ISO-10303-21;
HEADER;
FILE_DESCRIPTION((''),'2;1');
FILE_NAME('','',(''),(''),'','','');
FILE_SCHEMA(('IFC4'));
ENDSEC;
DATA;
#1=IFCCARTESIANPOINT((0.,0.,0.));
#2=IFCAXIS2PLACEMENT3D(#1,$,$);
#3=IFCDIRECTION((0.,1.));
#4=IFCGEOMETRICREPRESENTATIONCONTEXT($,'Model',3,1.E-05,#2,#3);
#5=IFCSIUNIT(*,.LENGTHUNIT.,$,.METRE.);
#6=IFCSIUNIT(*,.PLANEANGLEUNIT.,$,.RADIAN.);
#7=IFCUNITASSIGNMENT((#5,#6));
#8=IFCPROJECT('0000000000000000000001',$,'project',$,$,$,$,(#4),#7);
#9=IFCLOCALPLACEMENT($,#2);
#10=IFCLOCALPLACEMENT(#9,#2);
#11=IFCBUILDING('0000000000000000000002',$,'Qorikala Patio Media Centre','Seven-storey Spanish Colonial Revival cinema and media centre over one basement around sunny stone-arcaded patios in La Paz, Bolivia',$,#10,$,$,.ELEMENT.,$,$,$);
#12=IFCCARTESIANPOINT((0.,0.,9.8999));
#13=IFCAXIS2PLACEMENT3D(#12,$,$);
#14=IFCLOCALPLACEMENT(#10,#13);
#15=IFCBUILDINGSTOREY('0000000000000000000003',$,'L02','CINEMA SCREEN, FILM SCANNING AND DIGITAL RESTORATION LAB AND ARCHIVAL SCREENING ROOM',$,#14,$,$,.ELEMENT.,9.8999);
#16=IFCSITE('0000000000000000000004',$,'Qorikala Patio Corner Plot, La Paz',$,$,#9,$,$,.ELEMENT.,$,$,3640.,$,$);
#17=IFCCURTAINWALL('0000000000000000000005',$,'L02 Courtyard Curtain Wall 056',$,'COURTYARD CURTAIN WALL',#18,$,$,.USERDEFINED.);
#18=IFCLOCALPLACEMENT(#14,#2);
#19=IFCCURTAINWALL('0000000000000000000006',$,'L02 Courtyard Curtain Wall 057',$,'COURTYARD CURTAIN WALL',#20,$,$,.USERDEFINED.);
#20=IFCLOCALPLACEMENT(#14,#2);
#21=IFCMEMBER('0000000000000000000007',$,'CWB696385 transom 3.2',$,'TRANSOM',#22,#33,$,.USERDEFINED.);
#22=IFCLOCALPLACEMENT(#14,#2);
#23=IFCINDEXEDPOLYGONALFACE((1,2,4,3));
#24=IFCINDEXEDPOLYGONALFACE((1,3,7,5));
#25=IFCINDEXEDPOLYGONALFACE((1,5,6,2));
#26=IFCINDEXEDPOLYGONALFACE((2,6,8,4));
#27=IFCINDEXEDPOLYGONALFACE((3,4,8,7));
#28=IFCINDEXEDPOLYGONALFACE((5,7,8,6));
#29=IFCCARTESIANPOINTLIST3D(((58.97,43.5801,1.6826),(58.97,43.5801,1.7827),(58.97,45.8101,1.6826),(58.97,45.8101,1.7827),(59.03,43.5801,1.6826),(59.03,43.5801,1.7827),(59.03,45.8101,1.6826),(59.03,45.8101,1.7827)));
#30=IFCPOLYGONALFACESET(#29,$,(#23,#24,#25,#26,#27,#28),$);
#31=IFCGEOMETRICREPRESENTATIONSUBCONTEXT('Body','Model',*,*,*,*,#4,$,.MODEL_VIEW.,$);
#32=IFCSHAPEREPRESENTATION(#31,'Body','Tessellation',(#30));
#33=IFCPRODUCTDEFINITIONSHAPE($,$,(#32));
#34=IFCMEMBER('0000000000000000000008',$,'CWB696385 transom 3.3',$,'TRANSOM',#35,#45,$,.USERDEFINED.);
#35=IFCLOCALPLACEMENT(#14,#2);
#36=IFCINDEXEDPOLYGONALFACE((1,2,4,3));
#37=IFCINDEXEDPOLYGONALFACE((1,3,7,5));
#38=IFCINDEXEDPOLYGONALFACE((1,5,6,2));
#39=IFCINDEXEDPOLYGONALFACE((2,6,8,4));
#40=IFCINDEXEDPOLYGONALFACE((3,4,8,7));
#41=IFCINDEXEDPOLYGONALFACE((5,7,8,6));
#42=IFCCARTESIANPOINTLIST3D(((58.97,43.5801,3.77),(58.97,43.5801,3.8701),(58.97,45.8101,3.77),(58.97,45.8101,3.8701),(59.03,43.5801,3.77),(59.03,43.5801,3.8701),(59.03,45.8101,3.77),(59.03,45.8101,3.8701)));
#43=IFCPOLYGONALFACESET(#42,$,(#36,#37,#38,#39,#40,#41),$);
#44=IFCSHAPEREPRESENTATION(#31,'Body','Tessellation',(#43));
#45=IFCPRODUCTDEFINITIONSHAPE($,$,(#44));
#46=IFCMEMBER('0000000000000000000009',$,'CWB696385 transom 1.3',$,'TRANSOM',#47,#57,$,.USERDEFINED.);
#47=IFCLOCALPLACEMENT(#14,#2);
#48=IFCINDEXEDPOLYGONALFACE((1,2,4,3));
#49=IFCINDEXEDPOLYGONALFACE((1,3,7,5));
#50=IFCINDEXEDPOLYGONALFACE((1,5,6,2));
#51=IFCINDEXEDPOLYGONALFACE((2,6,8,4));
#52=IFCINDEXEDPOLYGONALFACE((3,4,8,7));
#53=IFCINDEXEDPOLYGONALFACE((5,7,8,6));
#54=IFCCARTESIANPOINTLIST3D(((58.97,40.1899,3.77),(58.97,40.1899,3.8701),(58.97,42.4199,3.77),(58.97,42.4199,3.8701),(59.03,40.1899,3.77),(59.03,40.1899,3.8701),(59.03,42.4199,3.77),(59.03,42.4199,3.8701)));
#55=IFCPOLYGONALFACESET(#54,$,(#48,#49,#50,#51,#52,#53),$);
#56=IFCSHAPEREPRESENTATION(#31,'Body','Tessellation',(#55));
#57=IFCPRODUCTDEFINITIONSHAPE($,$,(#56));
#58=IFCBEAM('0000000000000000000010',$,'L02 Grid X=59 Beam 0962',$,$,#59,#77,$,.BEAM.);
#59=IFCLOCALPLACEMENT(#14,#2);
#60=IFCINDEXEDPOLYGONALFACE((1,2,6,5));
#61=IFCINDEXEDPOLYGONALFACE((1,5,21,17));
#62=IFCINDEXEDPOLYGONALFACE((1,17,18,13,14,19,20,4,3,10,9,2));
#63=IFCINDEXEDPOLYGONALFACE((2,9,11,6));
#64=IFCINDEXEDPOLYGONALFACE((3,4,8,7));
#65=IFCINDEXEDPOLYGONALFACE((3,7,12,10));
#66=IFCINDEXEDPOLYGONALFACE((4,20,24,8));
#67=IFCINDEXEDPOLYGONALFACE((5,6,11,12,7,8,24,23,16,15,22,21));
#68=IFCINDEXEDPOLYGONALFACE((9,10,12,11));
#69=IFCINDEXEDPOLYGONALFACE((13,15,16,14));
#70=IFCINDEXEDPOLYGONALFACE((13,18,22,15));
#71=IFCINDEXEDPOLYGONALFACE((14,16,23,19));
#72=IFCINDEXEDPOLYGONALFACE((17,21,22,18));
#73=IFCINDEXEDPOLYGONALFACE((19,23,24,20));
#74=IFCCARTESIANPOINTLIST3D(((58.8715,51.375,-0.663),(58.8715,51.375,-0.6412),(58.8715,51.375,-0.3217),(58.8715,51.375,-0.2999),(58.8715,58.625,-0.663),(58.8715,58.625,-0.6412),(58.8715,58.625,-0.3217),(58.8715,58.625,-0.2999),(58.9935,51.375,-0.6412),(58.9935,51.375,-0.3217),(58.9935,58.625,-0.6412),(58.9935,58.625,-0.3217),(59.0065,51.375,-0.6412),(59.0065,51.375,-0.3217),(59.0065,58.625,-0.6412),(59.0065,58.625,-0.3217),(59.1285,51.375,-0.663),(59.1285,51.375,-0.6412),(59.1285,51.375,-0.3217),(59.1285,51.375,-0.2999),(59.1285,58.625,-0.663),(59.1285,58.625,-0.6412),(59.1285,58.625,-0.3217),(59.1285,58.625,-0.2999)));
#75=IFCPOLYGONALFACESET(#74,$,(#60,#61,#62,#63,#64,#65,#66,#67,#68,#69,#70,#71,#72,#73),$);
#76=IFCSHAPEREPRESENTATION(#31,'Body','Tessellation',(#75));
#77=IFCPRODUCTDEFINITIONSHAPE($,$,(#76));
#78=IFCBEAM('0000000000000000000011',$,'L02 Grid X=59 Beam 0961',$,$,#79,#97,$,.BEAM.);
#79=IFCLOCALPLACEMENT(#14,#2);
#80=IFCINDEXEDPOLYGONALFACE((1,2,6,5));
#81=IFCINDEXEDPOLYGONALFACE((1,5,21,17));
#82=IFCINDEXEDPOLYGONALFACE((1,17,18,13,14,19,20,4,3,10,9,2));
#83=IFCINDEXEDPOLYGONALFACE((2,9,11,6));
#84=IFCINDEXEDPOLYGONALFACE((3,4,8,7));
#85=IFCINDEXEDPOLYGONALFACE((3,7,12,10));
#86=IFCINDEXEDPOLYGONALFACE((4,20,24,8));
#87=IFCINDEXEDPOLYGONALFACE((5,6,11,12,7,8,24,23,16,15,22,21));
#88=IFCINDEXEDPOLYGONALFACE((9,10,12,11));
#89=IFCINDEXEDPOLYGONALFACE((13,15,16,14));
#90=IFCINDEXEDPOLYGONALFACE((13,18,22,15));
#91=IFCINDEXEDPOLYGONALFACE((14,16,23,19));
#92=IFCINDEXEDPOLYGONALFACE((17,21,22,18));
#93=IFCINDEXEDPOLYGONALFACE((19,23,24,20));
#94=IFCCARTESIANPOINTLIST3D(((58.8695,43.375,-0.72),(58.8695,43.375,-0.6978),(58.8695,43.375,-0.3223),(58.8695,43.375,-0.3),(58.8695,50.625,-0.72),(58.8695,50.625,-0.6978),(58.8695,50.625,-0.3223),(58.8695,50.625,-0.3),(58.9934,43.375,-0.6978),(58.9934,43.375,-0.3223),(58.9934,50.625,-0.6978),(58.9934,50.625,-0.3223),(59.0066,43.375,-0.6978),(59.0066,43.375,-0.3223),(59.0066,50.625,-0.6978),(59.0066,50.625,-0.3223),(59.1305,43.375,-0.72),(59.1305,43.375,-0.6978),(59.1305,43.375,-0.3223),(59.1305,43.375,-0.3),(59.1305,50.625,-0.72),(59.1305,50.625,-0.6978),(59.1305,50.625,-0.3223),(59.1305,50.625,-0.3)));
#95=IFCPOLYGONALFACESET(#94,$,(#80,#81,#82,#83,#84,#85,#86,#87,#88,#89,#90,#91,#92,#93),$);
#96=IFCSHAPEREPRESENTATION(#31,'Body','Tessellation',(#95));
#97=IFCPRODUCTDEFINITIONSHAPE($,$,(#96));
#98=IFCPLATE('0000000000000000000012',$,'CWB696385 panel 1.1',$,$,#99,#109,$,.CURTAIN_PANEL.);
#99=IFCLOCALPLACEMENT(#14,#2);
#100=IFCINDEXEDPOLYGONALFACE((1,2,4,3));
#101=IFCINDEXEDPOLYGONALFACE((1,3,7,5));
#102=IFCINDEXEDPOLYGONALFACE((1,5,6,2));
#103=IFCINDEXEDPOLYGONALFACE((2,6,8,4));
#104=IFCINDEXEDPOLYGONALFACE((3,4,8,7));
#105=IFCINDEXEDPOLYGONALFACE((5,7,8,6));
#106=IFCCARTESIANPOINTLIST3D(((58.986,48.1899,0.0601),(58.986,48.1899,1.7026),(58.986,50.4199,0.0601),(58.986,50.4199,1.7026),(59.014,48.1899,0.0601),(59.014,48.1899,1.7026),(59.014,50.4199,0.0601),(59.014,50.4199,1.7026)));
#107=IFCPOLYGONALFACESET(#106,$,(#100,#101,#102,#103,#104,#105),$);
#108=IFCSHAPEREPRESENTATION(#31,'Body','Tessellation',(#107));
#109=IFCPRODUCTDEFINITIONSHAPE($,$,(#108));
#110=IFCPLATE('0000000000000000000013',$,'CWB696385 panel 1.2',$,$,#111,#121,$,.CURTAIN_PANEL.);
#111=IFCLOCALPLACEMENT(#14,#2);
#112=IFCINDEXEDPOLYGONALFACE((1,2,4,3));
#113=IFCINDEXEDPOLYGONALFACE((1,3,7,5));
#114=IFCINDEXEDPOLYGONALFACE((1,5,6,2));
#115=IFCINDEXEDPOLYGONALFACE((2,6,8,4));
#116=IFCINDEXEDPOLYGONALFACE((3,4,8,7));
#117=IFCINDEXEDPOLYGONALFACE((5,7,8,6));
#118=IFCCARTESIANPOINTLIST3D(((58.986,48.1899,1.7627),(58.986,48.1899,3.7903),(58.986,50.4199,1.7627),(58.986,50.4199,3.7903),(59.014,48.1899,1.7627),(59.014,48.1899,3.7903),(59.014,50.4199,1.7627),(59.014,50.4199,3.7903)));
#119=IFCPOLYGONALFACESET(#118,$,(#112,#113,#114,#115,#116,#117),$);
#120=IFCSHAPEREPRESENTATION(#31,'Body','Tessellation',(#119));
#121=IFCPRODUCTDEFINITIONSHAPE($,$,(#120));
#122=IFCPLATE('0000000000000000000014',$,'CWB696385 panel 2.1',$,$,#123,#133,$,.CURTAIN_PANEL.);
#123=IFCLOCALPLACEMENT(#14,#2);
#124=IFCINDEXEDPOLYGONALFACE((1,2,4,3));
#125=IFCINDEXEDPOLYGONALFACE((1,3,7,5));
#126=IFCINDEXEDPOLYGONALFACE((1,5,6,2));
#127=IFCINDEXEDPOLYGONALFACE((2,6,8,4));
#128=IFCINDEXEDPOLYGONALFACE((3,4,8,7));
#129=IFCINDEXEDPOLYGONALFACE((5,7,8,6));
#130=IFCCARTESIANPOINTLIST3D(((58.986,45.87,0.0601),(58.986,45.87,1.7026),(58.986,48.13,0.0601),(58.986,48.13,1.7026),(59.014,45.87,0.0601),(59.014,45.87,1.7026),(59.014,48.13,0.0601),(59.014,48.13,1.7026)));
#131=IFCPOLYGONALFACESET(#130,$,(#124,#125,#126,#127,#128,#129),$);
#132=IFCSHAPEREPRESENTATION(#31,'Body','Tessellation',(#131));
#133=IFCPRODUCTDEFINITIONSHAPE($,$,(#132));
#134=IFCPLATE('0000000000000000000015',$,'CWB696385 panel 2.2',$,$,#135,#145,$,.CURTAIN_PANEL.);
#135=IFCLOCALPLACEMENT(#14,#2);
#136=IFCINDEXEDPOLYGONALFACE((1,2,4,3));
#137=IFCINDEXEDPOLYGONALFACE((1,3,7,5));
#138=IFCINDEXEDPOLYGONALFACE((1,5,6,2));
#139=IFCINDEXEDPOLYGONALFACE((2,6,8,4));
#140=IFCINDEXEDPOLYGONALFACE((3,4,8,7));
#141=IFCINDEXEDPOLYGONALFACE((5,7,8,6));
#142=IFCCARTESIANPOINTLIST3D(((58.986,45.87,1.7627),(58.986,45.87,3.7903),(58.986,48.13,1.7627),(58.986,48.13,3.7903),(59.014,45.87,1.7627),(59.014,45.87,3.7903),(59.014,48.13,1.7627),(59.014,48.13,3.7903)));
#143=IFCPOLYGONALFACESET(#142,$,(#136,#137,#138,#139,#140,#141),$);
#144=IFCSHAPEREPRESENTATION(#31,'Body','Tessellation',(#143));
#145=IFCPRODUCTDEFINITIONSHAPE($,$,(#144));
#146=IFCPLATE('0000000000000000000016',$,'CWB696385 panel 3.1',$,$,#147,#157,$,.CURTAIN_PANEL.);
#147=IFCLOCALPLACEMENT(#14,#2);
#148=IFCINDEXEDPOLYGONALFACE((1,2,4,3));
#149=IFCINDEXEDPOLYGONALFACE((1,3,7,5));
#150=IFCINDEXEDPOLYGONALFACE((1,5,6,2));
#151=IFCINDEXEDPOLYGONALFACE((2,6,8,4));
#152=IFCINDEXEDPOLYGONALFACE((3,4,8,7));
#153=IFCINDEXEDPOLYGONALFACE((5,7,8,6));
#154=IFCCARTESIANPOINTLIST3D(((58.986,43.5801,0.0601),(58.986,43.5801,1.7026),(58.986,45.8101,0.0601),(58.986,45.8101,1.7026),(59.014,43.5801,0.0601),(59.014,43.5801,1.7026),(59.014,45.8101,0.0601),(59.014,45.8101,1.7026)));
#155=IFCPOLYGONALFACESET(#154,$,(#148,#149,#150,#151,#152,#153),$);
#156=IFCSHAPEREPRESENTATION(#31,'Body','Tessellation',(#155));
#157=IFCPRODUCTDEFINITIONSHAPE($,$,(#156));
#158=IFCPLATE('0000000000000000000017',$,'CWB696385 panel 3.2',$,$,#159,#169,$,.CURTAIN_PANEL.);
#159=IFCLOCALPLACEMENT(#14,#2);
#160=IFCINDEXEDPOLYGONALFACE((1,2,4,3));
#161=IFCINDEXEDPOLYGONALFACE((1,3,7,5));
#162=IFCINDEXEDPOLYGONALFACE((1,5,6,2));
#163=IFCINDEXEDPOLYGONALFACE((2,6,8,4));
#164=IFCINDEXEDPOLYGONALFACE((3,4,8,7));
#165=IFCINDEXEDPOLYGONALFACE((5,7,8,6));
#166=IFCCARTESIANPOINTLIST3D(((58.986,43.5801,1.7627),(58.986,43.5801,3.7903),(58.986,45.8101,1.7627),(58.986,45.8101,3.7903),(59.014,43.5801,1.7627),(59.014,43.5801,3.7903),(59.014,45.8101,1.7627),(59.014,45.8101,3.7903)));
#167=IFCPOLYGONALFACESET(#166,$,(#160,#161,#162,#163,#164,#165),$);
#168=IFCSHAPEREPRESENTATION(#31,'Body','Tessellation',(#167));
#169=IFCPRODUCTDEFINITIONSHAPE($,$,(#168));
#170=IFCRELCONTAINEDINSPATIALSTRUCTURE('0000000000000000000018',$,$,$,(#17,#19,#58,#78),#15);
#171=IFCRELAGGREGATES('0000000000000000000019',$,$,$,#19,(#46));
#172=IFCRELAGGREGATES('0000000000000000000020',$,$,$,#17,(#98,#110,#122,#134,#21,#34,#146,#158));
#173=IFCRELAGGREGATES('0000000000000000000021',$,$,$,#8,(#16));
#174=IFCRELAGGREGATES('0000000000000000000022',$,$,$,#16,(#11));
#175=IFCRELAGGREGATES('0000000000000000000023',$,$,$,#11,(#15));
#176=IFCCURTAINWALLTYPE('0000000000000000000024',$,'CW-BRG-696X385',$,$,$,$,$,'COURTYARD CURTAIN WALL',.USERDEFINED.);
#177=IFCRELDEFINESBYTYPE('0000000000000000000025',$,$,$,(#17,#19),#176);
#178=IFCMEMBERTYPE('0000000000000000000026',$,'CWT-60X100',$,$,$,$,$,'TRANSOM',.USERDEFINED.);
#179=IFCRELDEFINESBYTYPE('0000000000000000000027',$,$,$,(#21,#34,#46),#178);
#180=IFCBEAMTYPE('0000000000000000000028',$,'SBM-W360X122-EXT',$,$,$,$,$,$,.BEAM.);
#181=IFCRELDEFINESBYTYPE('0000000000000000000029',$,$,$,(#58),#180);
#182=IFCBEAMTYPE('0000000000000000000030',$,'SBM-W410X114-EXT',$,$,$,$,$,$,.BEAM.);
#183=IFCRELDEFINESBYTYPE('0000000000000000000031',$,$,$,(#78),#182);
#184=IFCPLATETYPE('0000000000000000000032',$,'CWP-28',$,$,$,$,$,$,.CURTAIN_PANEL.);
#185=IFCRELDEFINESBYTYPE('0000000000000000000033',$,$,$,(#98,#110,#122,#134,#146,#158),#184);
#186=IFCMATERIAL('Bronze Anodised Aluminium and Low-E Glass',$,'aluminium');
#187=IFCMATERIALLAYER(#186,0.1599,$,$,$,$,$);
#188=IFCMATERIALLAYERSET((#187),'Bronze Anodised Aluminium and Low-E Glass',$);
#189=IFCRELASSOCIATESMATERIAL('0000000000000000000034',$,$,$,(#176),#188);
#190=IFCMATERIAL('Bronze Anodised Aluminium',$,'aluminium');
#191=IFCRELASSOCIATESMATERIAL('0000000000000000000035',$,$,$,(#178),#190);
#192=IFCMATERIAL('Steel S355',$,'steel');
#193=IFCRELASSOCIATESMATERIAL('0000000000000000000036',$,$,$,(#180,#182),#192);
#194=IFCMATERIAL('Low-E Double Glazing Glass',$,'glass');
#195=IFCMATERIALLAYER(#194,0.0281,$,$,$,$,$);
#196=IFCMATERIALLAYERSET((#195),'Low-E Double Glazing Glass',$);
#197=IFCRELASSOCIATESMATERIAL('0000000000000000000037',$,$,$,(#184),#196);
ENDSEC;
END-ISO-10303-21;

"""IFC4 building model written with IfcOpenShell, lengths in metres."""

from ifc_helpers import new_model, si_unit, direction, frame, origin, origin_2d, place, context, subcontext, project, spatial, rectangle, i_section, extrude, material, layer, layer_set, material_profile, profile_set, type_object, element, aggregate, save


model = new_model("IFC4")

# Units and contexts
model_context = context("Model", 3, precision=1e-05, world=origin(), true_north=direction((0.0, 1.0)))
body_context = subcontext(model_context, "Body", "Model", "MODEL_VIEW")
ifc_project = project(units=[si_unit("LENGTHUNIT", "METRE"), si_unit("PLANEANGLEUNIT", "RADIAN")], contexts=[model_context])

# Site, building, storey
site_placement = place(None, origin())
site = spatial("IfcSite", under=ifc_project, at=site_placement, Name="Qorikala Patio Corner Plot, La Paz", CompositionType="ELEMENT", RefElevation=3640.0)
building_placement = place(site_placement, origin())
building = spatial("IfcBuilding", under=site, at=building_placement, Name="Qorikala Patio Media Centre", Description="Seven-storey Spanish Colonial Revival cinema and media centre over one basement around sunny stone-arcaded patios in La Paz, Bolivia", CompositionType="ELEMENT")
storey_placement = place(building_placement, frame((0.0, 0.0, 9.8999)))
storey = spatial("IfcBuildingStorey", under=building, at=storey_placement, Name="L02", Description="CINEMA SCREEN, FILM SCANNING AND DIGITAL RESTORATION LAB AND ARCHIVAL SCREENING ROOM", CompositionType="ELEMENT", Elevation=9.8999)

# Shared definitions
ifc_material_1 = material(Name="Bronze Anodised Aluminium and Low-E Glass", Category="aluminium")
ifc_layer_1 = layer(ifc_material_1, 0.1599)
ifc_layer_set_1 = layer_set([ifc_layer_1], Name="Bronze Anodised Aluminium and Low-E Glass")
curtain_wall_type = type_object("IfcCurtainWallType", Name="CW-BRG-696X385", ElementType="COURTYARD CURTAIN WALL", PredefinedType="USERDEFINED", material=ifc_layer_set_1)
ifc_material_2 = material(Name="Bronze Anodised Aluminium", Category="aluminium")

# Curtain wall
curtain_wall_1_placement = place(storey_placement, origin())
curtain_wall_1 = element("IfcCurtainWall", 1, at=curtain_wall_1_placement, inside=storey, type_object=curtain_wall_type, Name="L02 Courtyard Curtain Wall 056", ObjectType="COURTYARD CURTAIN WALL", PredefinedType="USERDEFINED")

# Curtain wall
curtain_wall_2_placement = place(storey_placement, origin())
curtain_wall_2 = element("IfcCurtainWall", 2, at=curtain_wall_2_placement, inside=storey, type_object=curtain_wall_type, Name="L02 Courtyard Curtain Wall 057", ObjectType="COURTYARD CURTAIN WALL", PredefinedType="USERDEFINED")

# Members
ifc_material_profile_1 = material_profile(ifc_material_2, rectangle(XDim=0.0601, YDim=0.1001, at=origin_2d()), Name="ALU TRANSOM 60x100")
ifc_profile_set_1 = profile_set([ifc_material_profile_1], Name="Bronze Anodised Aluminium")
member_type_1 = type_object("IfcMemberType", Name="CWT-60X100", ElementType="TRANSOM", PredefinedType="USERDEFINED", material=ifc_profile_set_1)
member_1_placement = place(storey_placement, frame((59.0, 45.8101, 1.7327), z_axis=(0.0, -1.0, 0.0), x_axis=(1.0, 0.0, 0.0)))
member_1 = element("IfcMember", 3, at=member_1_placement, type_object=member_type_1, Name="CWB696385 transom 3.2", ObjectType="TRANSOM", PredefinedType="USERDEFINED", context=body_context, shape_type="SweptSolid", body=[
    extrude(rectangle(XDim=0.0601, YDim=0.1001, at=origin_2d()), origin(), (0.0, 0.0, 1.0), 2.23),
])
member_2_placement = place(storey_placement, frame((59.0, 45.8101, 3.8201), z_axis=(0.0, -1.0, 0.0), x_axis=(1.0, 0.0, 0.0)))
member_2 = element("IfcMember", 4, at=member_2_placement, type_object=member_type_1, Name="CWB696385 transom 3.3", ObjectType="TRANSOM", PredefinedType="USERDEFINED", context=body_context, shape_type="SweptSolid", body=[
    extrude(rectangle(XDim=0.0601, YDim=0.1001, at=origin_2d()), origin(), (0.0, 0.0, 1.0), 2.23),
])
member_3_placement = place(storey_placement, frame((59.0, 42.4199, 3.8201), z_axis=(0.0, -1.0, 0.0), x_axis=(1.0, 0.0, 0.0)))
member_3 = element("IfcMember", 5, at=member_3_placement, type_object=member_type_1, Name="CWB696385 transom 1.3", ObjectType="TRANSOM", PredefinedType="USERDEFINED", context=body_context, shape_type="SweptSolid", body=[
    extrude(rectangle(XDim=0.0601, YDim=0.1001, at=origin_2d()), origin(), (0.0, 0.0, 1.0), 2.23),
])
aggregate(curtain_wall_2, [member_3])

# Beams
ifc_material_3 = material(Name="Steel S355", Category="steel")
ifc_material_profile_2 = material_profile(ifc_material_3, i_section(OverallWidth=0.2571, OverallDepth=0.363, WebThickness=0.0129, FlangeThickness=0.0217, at=origin_2d()), Name="W360X122")
ifc_profile_set_2 = profile_set([ifc_material_profile_2], Name="Steel S355")
beam_type_1 = type_object("IfcBeamType", Name="SBM-W360X122-EXT", PredefinedType="BEAM", material=ifc_profile_set_2)
beam_1_placement = place(storey_placement, frame((59.0, 51.375, -0.4814), z_axis=(0.0, 1.0, 0.0), x_axis=(-1.0, 0.0, 0.0)))
element("IfcBeam", 6, at=beam_1_placement, inside=storey, type_object=beam_type_1, Name="L02 Grid X=59 Beam 0962", PredefinedType="BEAM", context=body_context, shape_type="SweptSolid", body=[
    extrude(i_section(OverallWidth=0.2571, OverallDepth=0.363, WebThickness=0.0129, FlangeThickness=0.0217, at=origin_2d()), origin(), (0.0, 0.0, 1.0), 7.25),
])
ifc_material_profile_3 = material_profile(ifc_material_3, i_section(OverallWidth=0.261, OverallDepth=0.4199, WebThickness=0.0132, FlangeThickness=0.0222, at=origin_2d()), Name="W410X114")
ifc_profile_set_3 = profile_set([ifc_material_profile_3], Name="Steel S355")
beam_type_2 = type_object("IfcBeamType", Name="SBM-W410X114-EXT", PredefinedType="BEAM", material=ifc_profile_set_3)
beam_2_placement = place(storey_placement, frame((59.0, 43.375, -0.51), z_axis=(0.0, 1.0, 0.0), x_axis=(-1.0, 0.0, 0.0)))
element("IfcBeam", 7, at=beam_2_placement, inside=storey, type_object=beam_type_2, Name="L02 Grid X=59 Beam 0961", PredefinedType="BEAM", context=body_context, shape_type="SweptSolid", body=[
    extrude(i_section(OverallWidth=0.261, OverallDepth=0.4199, WebThickness=0.0132, FlangeThickness=0.0222, at=origin_2d()), origin(), (0.0, 0.0, 1.0), 7.25),
])

# Plates
ifc_material_4 = material(Name="Low-E Double Glazing Glass", Category="glass")
ifc_layer_2 = layer(ifc_material_4, 0.0281)
ifc_layer_set_2 = layer_set([ifc_layer_2], Name="Low-E Double Glazing Glass")
plate_type = type_object("IfcPlateType", Name="CWP-28", PredefinedType="CURTAIN_PANEL", material=ifc_layer_set_2)
plate_1_placement = place(storey_placement, frame((59.0, 49.3049, 0.0601), z_axis=(0.0, 0.0, 1.0), x_axis=(0.0, -1.0, 0.0)))
plate_1 = element("IfcPlate", 8, at=plate_1_placement, type_object=plate_type, Name="CWB696385 panel 1.1", PredefinedType="CURTAIN_PANEL", context=body_context, shape_type="SweptSolid", body=[
    extrude(rectangle(XDim=2.23, YDim=0.0281, at=origin_2d()), origin(), (0.0, 0.0, 1.0), 1.6426),
])
plate_2_placement = place(storey_placement, frame((59.0, 49.3049, 1.7627), z_axis=(0.0, 0.0, 1.0), x_axis=(0.0, -1.0, 0.0)))
plate_2 = element("IfcPlate", 9, at=plate_2_placement, type_object=plate_type, Name="CWB696385 panel 1.2", PredefinedType="CURTAIN_PANEL", context=body_context, shape_type="SweptSolid", body=[
    extrude(rectangle(XDim=2.23, YDim=0.0281, at=origin_2d()), origin(), (0.0, 0.0, 1.0), 2.0276),
])
plate_3_placement = place(storey_placement, frame((59.0, 47.0, 0.0601), z_axis=(0.0, 0.0, 1.0), x_axis=(0.0, -1.0, 0.0)))
plate_3 = element("IfcPlate", 10, at=plate_3_placement, type_object=plate_type, Name="CWB696385 panel 2.1", PredefinedType="CURTAIN_PANEL", context=body_context, shape_type="SweptSolid", body=[
    extrude(rectangle(XDim=2.26, YDim=0.0281, at=origin_2d()), origin(), (0.0, 0.0, 1.0), 1.6426),
])
plate_4_placement = place(storey_placement, frame((59.0, 47.0, 1.7627), z_axis=(0.0, 0.0, 1.0), x_axis=(0.0, -1.0, 0.0)))
plate_4 = element("IfcPlate", 11, at=plate_4_placement, type_object=plate_type, Name="CWB696385 panel 2.2", PredefinedType="CURTAIN_PANEL", context=body_context, shape_type="SweptSolid", body=[
    extrude(rectangle(XDim=2.26, YDim=0.0281, at=origin_2d()), origin(), (0.0, 0.0, 1.0), 2.0276),
])
plate_5_placement = place(storey_placement, frame((59.0, 44.6951, 0.0601), z_axis=(0.0, 0.0, 1.0), x_axis=(0.0, -1.0, 0.0)))
plate_5 = element("IfcPlate", 12, at=plate_5_placement, type_object=plate_type, Name="CWB696385 panel 3.1", PredefinedType="CURTAIN_PANEL", context=body_context, shape_type="SweptSolid", body=[
    extrude(rectangle(XDim=2.23, YDim=0.0281, at=origin_2d()), origin(), (0.0, 0.0, 1.0), 1.6426),
])
plate_6_placement = place(storey_placement, frame((59.0, 44.6951, 1.7627), z_axis=(0.0, 0.0, 1.0), x_axis=(0.0, -1.0, 0.0)))
plate_6 = element("IfcPlate", 13, at=plate_6_placement, type_object=plate_type, Name="CWB696385 panel 3.2", PredefinedType="CURTAIN_PANEL", context=body_context, shape_type="SweptSolid", body=[
    extrude(rectangle(XDim=2.23, YDim=0.0281, at=origin_2d()), origin(), (0.0, 0.0, 1.0), 2.0276),
])
aggregate(curtain_wall_1, [plate_1, plate_2, plate_3, plate_4, member_1, member_2, plate_5, plate_6])

save(model, "model.ifc")
